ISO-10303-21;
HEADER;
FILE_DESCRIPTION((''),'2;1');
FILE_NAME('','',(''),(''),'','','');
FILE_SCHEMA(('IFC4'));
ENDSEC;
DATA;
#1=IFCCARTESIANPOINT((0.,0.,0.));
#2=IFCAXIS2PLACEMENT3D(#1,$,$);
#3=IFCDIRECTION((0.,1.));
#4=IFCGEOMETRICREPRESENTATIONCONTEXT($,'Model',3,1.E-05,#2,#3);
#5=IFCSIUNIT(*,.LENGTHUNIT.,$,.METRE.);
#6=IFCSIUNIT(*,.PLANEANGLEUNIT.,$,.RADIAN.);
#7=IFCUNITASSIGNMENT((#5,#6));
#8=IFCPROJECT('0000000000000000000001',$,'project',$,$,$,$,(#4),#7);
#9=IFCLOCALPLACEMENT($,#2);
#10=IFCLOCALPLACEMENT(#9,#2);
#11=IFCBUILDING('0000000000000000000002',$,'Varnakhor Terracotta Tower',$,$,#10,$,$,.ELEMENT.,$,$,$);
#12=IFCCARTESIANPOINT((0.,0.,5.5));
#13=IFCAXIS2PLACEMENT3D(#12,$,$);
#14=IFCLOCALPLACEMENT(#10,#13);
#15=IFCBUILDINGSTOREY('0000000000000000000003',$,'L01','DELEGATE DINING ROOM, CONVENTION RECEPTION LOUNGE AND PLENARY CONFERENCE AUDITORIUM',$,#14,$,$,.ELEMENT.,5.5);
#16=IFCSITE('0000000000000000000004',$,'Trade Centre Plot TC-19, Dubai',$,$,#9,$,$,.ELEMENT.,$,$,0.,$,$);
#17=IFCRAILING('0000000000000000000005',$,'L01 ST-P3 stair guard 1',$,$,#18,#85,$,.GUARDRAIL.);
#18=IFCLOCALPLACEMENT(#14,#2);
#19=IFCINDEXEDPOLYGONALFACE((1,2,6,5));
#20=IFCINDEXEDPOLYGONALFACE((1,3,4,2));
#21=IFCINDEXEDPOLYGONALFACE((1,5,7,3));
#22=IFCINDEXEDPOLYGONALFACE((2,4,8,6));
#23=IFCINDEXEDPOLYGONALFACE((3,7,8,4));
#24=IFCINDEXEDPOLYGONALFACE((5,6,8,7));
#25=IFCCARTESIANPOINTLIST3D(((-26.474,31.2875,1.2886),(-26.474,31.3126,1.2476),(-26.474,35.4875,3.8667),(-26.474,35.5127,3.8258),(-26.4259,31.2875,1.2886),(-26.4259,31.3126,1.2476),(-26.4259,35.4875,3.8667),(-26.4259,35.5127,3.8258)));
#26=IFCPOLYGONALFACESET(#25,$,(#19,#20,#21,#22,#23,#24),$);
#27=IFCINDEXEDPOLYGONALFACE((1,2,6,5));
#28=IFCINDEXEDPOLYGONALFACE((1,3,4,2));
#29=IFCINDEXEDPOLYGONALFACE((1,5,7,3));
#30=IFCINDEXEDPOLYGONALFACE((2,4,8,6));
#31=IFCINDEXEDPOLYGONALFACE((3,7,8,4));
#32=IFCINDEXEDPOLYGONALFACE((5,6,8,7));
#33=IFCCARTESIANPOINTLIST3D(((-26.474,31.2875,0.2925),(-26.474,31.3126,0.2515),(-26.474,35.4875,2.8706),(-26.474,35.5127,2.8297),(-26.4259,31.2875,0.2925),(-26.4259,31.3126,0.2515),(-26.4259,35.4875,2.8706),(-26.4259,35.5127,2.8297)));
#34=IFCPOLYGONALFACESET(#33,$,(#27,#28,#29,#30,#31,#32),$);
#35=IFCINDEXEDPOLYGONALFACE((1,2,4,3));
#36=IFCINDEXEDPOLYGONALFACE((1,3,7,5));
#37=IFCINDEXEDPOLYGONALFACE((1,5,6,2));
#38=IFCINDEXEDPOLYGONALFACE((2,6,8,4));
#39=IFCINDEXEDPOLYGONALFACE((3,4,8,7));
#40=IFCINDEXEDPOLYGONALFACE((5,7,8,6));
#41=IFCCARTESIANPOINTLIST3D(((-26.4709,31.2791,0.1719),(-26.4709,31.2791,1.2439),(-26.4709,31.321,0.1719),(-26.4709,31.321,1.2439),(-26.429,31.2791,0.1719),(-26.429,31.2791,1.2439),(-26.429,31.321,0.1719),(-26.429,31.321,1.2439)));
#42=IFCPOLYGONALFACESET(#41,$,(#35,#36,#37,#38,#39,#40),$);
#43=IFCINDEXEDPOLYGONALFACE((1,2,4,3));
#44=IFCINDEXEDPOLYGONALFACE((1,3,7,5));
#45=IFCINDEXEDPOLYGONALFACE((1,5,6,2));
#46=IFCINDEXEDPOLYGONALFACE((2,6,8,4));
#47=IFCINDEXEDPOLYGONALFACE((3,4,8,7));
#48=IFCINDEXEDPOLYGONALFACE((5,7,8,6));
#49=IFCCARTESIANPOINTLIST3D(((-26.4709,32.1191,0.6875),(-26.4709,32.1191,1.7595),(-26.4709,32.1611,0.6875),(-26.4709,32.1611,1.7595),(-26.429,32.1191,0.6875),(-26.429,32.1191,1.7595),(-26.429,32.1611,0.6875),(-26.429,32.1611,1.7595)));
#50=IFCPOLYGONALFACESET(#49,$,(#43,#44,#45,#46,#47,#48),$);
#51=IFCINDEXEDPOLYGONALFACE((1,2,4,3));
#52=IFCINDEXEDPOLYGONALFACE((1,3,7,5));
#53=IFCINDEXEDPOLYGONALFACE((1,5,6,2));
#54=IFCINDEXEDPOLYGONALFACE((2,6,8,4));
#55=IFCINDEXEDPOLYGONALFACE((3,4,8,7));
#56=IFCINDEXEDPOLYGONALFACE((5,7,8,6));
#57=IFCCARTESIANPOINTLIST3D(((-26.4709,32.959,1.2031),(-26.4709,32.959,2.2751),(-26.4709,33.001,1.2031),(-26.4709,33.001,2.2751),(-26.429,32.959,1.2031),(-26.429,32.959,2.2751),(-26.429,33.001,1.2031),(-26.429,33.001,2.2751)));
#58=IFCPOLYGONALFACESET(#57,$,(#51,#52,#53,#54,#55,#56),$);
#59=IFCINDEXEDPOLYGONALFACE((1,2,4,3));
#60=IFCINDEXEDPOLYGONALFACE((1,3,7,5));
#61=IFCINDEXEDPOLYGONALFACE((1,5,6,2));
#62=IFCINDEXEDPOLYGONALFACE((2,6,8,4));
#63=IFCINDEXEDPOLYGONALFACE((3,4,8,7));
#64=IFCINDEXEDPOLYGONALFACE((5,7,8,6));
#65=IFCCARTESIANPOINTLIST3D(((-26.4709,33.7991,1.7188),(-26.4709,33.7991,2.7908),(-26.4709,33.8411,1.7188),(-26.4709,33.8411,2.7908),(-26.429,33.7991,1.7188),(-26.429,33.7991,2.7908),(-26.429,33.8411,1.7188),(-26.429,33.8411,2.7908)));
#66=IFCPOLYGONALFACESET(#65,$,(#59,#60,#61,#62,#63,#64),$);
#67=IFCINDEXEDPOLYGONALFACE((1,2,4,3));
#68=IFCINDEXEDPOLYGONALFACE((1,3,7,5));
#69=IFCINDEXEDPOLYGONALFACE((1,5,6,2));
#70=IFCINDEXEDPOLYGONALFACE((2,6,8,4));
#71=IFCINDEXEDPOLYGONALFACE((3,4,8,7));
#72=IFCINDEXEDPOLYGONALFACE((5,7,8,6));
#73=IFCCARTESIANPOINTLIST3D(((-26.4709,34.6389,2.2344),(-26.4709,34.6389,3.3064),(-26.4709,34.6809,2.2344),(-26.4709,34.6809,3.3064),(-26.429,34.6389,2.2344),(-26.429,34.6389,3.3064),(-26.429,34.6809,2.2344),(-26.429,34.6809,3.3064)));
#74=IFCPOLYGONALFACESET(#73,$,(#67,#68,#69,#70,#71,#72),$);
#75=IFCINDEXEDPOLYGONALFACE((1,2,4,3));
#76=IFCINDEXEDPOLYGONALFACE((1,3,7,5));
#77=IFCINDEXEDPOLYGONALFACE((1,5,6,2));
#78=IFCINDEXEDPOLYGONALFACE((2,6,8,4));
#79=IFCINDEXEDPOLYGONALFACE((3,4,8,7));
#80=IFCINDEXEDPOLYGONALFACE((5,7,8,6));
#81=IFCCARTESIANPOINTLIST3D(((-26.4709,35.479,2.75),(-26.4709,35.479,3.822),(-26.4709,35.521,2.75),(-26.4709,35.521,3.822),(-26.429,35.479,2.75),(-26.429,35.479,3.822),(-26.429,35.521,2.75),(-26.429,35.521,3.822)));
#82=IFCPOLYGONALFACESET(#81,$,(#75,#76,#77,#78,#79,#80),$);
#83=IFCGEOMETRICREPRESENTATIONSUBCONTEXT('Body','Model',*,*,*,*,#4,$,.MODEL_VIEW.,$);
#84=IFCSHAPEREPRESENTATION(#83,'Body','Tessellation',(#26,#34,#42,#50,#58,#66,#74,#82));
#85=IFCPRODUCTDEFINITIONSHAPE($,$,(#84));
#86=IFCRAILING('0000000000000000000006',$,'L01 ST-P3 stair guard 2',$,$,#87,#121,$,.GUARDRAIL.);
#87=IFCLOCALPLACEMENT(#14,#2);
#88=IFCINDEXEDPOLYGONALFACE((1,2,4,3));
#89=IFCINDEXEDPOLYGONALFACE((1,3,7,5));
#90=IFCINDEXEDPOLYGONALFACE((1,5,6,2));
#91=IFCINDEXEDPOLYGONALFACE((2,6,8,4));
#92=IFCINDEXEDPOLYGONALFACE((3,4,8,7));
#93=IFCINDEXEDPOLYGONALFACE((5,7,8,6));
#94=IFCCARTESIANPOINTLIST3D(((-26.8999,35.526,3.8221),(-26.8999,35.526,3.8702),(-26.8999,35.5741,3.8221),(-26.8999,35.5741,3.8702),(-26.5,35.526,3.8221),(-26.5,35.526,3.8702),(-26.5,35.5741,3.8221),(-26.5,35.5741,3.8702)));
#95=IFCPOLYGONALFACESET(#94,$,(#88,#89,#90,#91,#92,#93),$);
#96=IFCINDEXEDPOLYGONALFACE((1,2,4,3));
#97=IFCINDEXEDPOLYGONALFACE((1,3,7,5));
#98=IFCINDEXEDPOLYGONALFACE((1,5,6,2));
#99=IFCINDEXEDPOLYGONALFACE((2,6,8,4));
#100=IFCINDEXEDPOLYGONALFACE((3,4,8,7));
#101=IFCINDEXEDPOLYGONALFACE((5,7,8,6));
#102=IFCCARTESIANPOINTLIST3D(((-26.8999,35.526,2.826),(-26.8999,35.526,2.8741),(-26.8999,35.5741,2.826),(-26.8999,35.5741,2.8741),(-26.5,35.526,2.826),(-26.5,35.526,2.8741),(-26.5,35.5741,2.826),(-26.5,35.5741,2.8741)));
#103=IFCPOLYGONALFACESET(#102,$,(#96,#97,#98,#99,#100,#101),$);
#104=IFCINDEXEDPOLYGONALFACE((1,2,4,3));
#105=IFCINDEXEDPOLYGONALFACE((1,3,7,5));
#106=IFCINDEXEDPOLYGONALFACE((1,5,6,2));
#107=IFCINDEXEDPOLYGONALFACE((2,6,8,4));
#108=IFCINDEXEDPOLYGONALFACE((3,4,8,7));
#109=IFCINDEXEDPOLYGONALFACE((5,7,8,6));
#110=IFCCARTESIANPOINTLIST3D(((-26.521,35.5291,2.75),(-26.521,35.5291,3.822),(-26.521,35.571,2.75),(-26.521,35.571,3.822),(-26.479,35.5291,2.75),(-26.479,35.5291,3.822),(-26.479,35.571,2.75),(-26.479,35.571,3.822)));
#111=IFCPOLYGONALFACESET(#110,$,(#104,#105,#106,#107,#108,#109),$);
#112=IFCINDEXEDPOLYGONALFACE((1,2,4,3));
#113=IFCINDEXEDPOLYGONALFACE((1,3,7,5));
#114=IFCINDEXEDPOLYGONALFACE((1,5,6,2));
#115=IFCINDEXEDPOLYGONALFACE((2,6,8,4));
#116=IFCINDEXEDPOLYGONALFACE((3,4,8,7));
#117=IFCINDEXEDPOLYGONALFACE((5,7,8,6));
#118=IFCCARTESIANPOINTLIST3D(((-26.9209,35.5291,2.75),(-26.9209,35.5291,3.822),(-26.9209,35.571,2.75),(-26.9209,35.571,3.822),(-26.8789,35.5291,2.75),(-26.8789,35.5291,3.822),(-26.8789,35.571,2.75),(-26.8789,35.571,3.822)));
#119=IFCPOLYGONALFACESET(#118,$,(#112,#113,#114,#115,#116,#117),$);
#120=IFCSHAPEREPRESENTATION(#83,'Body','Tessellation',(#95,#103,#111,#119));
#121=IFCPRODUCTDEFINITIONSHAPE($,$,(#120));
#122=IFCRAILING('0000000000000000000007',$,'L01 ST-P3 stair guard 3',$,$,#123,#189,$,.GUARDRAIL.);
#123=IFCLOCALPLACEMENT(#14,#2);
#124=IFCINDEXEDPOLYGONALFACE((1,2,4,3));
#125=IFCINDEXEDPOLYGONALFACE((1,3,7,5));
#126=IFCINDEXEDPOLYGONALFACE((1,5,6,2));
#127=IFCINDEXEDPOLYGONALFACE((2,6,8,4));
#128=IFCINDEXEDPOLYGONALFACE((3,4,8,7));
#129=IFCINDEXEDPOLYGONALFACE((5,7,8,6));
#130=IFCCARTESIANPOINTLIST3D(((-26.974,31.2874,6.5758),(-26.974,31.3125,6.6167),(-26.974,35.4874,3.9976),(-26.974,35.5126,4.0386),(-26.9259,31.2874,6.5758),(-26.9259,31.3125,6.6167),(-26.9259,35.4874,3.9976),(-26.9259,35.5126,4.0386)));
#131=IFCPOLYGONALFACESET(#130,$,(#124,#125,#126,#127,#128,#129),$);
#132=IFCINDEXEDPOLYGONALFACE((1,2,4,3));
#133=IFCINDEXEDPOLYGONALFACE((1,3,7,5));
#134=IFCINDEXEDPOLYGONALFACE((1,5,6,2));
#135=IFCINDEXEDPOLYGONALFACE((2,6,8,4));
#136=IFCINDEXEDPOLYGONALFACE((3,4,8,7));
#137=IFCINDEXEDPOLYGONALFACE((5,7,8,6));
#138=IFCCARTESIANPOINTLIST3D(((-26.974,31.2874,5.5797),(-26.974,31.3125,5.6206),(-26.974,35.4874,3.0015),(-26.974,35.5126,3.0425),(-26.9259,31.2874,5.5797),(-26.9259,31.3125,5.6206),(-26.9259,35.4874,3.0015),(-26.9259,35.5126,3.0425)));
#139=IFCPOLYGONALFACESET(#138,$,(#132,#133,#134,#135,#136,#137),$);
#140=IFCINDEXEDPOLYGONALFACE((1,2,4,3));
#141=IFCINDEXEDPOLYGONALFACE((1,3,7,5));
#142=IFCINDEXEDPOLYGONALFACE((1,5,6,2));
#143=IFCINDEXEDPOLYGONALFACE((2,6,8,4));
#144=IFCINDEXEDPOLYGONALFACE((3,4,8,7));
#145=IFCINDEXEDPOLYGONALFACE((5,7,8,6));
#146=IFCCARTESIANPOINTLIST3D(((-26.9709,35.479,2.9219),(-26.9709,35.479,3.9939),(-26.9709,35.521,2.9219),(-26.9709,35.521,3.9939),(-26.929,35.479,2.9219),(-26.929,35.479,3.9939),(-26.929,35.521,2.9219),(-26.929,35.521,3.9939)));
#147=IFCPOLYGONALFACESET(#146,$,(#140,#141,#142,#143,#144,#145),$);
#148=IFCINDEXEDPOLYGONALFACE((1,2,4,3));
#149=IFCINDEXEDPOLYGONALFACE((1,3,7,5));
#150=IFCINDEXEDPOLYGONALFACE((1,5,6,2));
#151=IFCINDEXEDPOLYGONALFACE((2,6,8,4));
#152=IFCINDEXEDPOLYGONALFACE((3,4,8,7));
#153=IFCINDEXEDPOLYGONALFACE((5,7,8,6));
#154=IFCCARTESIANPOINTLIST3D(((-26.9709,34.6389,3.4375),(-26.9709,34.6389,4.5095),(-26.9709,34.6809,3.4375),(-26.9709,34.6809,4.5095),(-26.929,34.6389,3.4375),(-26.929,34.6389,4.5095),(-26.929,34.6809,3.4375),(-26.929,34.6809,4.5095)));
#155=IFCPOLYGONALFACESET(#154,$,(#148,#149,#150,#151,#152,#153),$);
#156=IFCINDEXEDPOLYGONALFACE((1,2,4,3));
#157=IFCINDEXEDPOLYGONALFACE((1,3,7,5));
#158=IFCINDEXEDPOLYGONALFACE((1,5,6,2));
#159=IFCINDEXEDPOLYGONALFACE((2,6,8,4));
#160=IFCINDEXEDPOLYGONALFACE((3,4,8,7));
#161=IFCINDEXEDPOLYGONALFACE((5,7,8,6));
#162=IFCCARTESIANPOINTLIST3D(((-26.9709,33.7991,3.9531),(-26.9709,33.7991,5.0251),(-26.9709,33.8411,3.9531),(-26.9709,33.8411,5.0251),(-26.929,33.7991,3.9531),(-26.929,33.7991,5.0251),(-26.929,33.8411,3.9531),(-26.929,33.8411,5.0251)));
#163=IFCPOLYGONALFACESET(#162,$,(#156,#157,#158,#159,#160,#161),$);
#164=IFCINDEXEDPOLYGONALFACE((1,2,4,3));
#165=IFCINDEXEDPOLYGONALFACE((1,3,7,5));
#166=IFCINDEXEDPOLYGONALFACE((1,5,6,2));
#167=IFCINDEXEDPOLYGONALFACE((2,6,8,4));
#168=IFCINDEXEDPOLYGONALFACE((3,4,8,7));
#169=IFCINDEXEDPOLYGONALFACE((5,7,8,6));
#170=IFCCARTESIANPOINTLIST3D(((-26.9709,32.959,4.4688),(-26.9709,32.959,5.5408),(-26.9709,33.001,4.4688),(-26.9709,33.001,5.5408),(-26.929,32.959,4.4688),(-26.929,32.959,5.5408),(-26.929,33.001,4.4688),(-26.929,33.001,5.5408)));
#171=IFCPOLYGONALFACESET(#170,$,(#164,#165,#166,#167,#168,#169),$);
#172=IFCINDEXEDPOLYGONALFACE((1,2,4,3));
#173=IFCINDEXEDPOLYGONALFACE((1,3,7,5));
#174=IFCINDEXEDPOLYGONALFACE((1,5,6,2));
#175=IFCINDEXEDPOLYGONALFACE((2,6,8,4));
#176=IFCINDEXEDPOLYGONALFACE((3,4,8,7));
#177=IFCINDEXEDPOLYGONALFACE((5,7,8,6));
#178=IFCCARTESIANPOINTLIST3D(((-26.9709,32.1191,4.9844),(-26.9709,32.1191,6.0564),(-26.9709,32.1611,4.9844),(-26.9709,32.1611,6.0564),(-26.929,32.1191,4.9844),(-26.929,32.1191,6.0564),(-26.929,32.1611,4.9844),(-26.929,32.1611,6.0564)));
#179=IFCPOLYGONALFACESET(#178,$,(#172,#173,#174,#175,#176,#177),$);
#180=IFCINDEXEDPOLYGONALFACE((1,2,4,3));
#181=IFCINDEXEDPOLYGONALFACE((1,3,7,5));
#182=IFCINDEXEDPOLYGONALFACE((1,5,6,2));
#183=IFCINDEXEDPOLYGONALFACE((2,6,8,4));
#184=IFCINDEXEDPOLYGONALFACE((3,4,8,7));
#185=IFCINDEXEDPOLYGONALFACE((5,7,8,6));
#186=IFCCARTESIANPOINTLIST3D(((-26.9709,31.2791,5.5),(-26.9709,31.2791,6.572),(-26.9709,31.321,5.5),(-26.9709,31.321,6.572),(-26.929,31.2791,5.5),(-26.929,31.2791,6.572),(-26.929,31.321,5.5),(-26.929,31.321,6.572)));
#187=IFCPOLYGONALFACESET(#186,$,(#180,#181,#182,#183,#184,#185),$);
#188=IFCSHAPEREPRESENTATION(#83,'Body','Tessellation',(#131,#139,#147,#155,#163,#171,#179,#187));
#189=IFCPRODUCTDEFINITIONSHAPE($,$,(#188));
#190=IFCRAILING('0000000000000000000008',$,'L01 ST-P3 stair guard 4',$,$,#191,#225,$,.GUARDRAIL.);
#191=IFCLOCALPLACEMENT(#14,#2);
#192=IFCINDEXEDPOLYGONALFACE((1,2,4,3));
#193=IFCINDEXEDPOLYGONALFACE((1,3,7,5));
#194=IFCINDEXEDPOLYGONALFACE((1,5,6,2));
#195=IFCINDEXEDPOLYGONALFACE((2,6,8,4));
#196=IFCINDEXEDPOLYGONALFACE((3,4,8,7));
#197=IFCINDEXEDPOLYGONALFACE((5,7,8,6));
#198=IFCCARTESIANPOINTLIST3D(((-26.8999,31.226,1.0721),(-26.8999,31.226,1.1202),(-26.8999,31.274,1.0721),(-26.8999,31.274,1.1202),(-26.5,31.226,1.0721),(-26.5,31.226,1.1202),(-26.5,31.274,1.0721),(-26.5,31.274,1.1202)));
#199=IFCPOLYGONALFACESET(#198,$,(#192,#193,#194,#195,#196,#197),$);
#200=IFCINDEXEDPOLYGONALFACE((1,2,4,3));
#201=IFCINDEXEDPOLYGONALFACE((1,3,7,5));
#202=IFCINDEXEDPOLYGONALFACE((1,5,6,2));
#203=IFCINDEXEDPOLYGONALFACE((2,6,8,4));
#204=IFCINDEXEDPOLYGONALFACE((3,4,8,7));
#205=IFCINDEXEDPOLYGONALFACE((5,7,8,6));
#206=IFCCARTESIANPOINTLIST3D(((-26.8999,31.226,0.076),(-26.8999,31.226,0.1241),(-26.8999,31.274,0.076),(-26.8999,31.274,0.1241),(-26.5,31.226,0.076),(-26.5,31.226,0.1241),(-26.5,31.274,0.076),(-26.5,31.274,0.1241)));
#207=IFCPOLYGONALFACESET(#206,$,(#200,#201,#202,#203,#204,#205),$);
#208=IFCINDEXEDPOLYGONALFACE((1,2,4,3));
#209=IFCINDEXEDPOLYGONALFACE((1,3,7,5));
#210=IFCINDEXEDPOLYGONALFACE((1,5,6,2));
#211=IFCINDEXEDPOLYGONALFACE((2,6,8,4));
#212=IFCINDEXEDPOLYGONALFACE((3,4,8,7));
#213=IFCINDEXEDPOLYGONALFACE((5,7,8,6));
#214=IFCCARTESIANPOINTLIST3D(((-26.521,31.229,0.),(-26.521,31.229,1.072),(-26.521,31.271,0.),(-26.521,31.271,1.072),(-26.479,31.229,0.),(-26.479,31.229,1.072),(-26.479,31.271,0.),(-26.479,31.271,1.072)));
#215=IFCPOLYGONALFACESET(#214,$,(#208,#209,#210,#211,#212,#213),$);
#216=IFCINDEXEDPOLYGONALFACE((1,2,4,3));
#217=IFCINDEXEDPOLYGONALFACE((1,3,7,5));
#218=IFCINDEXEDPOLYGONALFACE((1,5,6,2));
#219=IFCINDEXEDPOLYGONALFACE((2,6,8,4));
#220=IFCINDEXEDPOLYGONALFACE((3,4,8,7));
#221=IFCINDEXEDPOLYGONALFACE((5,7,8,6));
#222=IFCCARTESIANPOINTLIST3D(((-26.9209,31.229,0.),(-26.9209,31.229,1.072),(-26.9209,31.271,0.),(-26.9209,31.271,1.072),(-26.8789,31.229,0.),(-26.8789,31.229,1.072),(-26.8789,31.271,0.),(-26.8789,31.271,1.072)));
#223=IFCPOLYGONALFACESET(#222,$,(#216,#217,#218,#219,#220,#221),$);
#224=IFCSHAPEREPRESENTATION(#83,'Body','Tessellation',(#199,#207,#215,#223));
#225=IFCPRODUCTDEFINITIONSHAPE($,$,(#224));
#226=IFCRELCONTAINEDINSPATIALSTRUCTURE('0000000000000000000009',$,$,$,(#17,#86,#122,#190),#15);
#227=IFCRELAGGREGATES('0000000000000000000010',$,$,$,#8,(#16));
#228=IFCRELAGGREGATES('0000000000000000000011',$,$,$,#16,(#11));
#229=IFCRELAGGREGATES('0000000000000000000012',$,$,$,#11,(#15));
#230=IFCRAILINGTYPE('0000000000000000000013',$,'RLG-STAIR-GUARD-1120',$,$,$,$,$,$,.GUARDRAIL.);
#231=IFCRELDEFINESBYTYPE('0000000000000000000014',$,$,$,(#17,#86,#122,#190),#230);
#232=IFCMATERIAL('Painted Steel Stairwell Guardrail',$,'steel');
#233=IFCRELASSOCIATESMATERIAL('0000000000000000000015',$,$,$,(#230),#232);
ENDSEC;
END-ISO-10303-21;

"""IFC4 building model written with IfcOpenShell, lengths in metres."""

from ifc_helpers import new_model, si_unit, direction, frame, origin, origin_2d, place, context, subcontext, project, spatial, rectangle, extrude, material, type_object, element, save


model = new_model("IFC4")

# Units and contexts
model_context = context("Model", 3, precision=1e-05, world=origin(), true_north=direction((0.0, 1.0)))
body_context = subcontext(model_context, "Body", "Model", "MODEL_VIEW")
ifc_project = project(units=[si_unit("LENGTHUNIT", "METRE"), si_unit("PLANEANGLEUNIT", "RADIAN")], contexts=[model_context])

# Site, building, storey
site_placement = place(None, origin())
site = spatial("IfcSite", under=ifc_project, at=site_placement, Name="Trade Centre Plot TC-19, Dubai", CompositionType="ELEMENT", RefElevation=0.0)
building_placement = place(site_placement, origin())
building = spatial("IfcBuilding", under=site, at=building_placement, Name="Varnakhor Terracotta Tower", CompositionType="ELEMENT")
storey_placement = place(building_placement, frame((0.0, 0.0, 5.5)))
storey = spatial("IfcBuildingStorey", under=building, at=storey_placement, Name="L01", Description="DELEGATE DINING ROOM, CONVENTION RECEPTION LOUNGE AND PLENARY CONFERENCE AUDITORIUM", CompositionType="ELEMENT", Elevation=5.5)

# Railings
ifc_material_1 = material(Name="Painted Steel Stairwell Guardrail", Category="steel")
railing_type_1 = type_object("IfcRailingType", Name="RLG-STAIR-GUARD-1120", PredefinedType="GUARDRAIL", material=ifc_material_1)
railing_1_placement = place(storey_placement, frame((-26.45, 31.3, 0.1719)))
element("IfcRailing", 1, at=railing_1_placement, inside=storey, type_object=railing_type_1, Name="L01 ST-P3 stair guard 1", PredefinedType="GUARDRAIL", context=body_context, shape_type="SweptSolid", body=[
    extrude(rectangle(XDim=0.0481, YDim=0.0481, at=origin_2d()), frame((0.0, 0.0, 1.0962), z_axis=(0.0, 0.852243, 0.523146), x_axis=(-1.0, 0.0, 0.0)), (0.0, 0.0, 1.0), 4.9282),
    extrude(rectangle(XDim=0.0481, YDim=0.0481, at=origin_2d()), frame((0.0, 0.0, 0.1001), z_axis=(0.0, 0.852243, 0.523146), x_axis=(-1.0, 0.0, 0.0)), (0.0, 0.0, 1.0), 4.9282),
    extrude(rectangle(XDim=0.042, YDim=0.042, at=origin_2d()), origin(), (0.0, 0.0, 1.0), 1.072),
    extrude(rectangle(XDim=0.042, YDim=0.042, at=origin_2d()), frame((0.0, 0.8401, 0.5156)), (0.0, 0.0, 1.0), 1.072),
    extrude(rectangle(XDim=0.042, YDim=0.042, at=origin_2d()), frame((0.0, 1.6799, 1.0312)), (0.0, 0.0, 1.0), 1.072),
    extrude(rectangle(XDim=0.042, YDim=0.042, at=origin_2d()), frame((0.0, 2.52, 1.5469)), (0.0, 0.0, 1.0), 1.072),
    extrude(rectangle(XDim=0.042, YDim=0.042, at=origin_2d()), frame((0.0, 3.3599, 2.0625)), (0.0, 0.0, 1.0), 1.072),
    extrude(rectangle(XDim=0.042, YDim=0.042, at=origin_2d()), frame((0.0, 4.2, 2.5781)), (0.0, 0.0, 1.0), 1.072),
])
railing_2_placement = place(storey_placement, frame((-26.5, 35.55, 2.75)))
element("IfcRailing", 2, at=railing_2_placement, inside=storey, type_object=railing_type_1, Name="L01 ST-P3 stair guard 2", PredefinedType="GUARDRAIL", context=body_context, shape_type="SweptSolid", body=[
    extrude(rectangle(XDim=0.0481, YDim=0.0481, at=origin_2d()), frame((0.0, 0.0, 1.0962), z_axis=(-1.0, 0.0, 0.0), x_axis=(0.0, -1.0, 0.0)), (0.0, 0.0, 1.0), 0.3999),
    extrude(rectangle(XDim=0.0481, YDim=0.0481, at=origin_2d()), frame((0.0, 0.0, 0.1001), z_axis=(-1.0, 0.0, 0.0), x_axis=(0.0, -1.0, 0.0)), (0.0, 0.0, 1.0), 0.3999),
    extrude(rectangle(XDim=0.042, YDim=0.042, at=origin_2d()), origin(), (0.0, 0.0, 1.0), 1.072),
    extrude(rectangle(XDim=0.042, YDim=0.042, at=origin_2d()), frame((-0.3999, 0.0, 0.0)), (0.0, 0.0, 1.0), 1.072),
])
railing_3_placement = place(storey_placement, frame((-26.95, 35.5, 2.9219)))
element("IfcRailing", 3, at=railing_3_placement, inside=storey, type_object=railing_type_1, Name="L01 ST-P3 stair guard 3", PredefinedType="GUARDRAIL", context=body_context, shape_type="SweptSolid", body=[
    extrude(rectangle(XDim=0.0481, YDim=0.0481, at=origin_2d()), frame((0.0, 0.0, 1.0962), z_axis=(0.0, -0.852243, 0.523146), x_axis=(1.0, 0.0, 0.0)), (0.0, 0.0, 1.0), 4.9282),
    extrude(rectangle(XDim=0.0481, YDim=0.0481, at=origin_2d()), frame((0.0, 0.0, 0.1001), z_axis=(0.0, -0.852243, 0.523146), x_axis=(1.0, 0.0, 0.0)), (0.0, 0.0, 1.0), 4.9282),
    extrude(rectangle(XDim=0.042, YDim=0.042, at=origin_2d()), origin(), (0.0, 0.0, 1.0), 1.072),
    extrude(rectangle(XDim=0.042, YDim=0.042, at=origin_2d()), frame((0.0, -0.8401, 0.5156)), (0.0, 0.0, 1.0), 1.072),
    extrude(rectangle(XDim=0.042, YDim=0.042, at=origin_2d()), frame((0.0, -1.6799, 1.0312)), (0.0, 0.0, 1.0), 1.072),
    extrude(rectangle(XDim=0.042, YDim=0.042, at=origin_2d()), frame((0.0, -2.52, 1.5469)), (0.0, 0.0, 1.0), 1.072),
    extrude(rectangle(XDim=0.042, YDim=0.042, at=origin_2d()), frame((0.0, -3.3599, 2.0625)), (0.0, 0.0, 1.0), 1.072),
    extrude(rectangle(XDim=0.042, YDim=0.042, at=origin_2d()), frame((0.0, -4.2, 2.5781)), (0.0, 0.0, 1.0), 1.072),
])
railing_4_placement = place(storey_placement, frame((-26.5, 31.25, 0.0)))
element("IfcRailing", 4, at=railing_4_placement, inside=storey, type_object=railing_type_1, Name="L01 ST-P3 stair guard 4", PredefinedType="GUARDRAIL", context=body_context, shape_type="SweptSolid", body=[
    extrude(rectangle(XDim=0.0481, YDim=0.0481, at=origin_2d()), frame((0.0, 0.0, 1.0962), z_axis=(-1.0, 0.0, 0.0), x_axis=(0.0, -1.0, 0.0)), (0.0, 0.0, 1.0), 0.3999),
    extrude(rectangle(XDim=0.0481, YDim=0.0481, at=origin_2d()), frame((0.0, 0.0, 0.1001), z_axis=(-1.0, 0.0, 0.0), x_axis=(0.0, -1.0, 0.0)), (0.0, 0.0, 1.0), 0.3999),
    extrude(rectangle(XDim=0.042, YDim=0.042, at=origin_2d()), origin(), (0.0, 0.0, 1.0), 1.072),
    extrude(rectangle(XDim=0.042, YDim=0.042, at=origin_2d()), frame((-0.3999, 0.0, 0.0)), (0.0, 0.0, 1.0), 1.072),
])

save(model, "model.ifc")
